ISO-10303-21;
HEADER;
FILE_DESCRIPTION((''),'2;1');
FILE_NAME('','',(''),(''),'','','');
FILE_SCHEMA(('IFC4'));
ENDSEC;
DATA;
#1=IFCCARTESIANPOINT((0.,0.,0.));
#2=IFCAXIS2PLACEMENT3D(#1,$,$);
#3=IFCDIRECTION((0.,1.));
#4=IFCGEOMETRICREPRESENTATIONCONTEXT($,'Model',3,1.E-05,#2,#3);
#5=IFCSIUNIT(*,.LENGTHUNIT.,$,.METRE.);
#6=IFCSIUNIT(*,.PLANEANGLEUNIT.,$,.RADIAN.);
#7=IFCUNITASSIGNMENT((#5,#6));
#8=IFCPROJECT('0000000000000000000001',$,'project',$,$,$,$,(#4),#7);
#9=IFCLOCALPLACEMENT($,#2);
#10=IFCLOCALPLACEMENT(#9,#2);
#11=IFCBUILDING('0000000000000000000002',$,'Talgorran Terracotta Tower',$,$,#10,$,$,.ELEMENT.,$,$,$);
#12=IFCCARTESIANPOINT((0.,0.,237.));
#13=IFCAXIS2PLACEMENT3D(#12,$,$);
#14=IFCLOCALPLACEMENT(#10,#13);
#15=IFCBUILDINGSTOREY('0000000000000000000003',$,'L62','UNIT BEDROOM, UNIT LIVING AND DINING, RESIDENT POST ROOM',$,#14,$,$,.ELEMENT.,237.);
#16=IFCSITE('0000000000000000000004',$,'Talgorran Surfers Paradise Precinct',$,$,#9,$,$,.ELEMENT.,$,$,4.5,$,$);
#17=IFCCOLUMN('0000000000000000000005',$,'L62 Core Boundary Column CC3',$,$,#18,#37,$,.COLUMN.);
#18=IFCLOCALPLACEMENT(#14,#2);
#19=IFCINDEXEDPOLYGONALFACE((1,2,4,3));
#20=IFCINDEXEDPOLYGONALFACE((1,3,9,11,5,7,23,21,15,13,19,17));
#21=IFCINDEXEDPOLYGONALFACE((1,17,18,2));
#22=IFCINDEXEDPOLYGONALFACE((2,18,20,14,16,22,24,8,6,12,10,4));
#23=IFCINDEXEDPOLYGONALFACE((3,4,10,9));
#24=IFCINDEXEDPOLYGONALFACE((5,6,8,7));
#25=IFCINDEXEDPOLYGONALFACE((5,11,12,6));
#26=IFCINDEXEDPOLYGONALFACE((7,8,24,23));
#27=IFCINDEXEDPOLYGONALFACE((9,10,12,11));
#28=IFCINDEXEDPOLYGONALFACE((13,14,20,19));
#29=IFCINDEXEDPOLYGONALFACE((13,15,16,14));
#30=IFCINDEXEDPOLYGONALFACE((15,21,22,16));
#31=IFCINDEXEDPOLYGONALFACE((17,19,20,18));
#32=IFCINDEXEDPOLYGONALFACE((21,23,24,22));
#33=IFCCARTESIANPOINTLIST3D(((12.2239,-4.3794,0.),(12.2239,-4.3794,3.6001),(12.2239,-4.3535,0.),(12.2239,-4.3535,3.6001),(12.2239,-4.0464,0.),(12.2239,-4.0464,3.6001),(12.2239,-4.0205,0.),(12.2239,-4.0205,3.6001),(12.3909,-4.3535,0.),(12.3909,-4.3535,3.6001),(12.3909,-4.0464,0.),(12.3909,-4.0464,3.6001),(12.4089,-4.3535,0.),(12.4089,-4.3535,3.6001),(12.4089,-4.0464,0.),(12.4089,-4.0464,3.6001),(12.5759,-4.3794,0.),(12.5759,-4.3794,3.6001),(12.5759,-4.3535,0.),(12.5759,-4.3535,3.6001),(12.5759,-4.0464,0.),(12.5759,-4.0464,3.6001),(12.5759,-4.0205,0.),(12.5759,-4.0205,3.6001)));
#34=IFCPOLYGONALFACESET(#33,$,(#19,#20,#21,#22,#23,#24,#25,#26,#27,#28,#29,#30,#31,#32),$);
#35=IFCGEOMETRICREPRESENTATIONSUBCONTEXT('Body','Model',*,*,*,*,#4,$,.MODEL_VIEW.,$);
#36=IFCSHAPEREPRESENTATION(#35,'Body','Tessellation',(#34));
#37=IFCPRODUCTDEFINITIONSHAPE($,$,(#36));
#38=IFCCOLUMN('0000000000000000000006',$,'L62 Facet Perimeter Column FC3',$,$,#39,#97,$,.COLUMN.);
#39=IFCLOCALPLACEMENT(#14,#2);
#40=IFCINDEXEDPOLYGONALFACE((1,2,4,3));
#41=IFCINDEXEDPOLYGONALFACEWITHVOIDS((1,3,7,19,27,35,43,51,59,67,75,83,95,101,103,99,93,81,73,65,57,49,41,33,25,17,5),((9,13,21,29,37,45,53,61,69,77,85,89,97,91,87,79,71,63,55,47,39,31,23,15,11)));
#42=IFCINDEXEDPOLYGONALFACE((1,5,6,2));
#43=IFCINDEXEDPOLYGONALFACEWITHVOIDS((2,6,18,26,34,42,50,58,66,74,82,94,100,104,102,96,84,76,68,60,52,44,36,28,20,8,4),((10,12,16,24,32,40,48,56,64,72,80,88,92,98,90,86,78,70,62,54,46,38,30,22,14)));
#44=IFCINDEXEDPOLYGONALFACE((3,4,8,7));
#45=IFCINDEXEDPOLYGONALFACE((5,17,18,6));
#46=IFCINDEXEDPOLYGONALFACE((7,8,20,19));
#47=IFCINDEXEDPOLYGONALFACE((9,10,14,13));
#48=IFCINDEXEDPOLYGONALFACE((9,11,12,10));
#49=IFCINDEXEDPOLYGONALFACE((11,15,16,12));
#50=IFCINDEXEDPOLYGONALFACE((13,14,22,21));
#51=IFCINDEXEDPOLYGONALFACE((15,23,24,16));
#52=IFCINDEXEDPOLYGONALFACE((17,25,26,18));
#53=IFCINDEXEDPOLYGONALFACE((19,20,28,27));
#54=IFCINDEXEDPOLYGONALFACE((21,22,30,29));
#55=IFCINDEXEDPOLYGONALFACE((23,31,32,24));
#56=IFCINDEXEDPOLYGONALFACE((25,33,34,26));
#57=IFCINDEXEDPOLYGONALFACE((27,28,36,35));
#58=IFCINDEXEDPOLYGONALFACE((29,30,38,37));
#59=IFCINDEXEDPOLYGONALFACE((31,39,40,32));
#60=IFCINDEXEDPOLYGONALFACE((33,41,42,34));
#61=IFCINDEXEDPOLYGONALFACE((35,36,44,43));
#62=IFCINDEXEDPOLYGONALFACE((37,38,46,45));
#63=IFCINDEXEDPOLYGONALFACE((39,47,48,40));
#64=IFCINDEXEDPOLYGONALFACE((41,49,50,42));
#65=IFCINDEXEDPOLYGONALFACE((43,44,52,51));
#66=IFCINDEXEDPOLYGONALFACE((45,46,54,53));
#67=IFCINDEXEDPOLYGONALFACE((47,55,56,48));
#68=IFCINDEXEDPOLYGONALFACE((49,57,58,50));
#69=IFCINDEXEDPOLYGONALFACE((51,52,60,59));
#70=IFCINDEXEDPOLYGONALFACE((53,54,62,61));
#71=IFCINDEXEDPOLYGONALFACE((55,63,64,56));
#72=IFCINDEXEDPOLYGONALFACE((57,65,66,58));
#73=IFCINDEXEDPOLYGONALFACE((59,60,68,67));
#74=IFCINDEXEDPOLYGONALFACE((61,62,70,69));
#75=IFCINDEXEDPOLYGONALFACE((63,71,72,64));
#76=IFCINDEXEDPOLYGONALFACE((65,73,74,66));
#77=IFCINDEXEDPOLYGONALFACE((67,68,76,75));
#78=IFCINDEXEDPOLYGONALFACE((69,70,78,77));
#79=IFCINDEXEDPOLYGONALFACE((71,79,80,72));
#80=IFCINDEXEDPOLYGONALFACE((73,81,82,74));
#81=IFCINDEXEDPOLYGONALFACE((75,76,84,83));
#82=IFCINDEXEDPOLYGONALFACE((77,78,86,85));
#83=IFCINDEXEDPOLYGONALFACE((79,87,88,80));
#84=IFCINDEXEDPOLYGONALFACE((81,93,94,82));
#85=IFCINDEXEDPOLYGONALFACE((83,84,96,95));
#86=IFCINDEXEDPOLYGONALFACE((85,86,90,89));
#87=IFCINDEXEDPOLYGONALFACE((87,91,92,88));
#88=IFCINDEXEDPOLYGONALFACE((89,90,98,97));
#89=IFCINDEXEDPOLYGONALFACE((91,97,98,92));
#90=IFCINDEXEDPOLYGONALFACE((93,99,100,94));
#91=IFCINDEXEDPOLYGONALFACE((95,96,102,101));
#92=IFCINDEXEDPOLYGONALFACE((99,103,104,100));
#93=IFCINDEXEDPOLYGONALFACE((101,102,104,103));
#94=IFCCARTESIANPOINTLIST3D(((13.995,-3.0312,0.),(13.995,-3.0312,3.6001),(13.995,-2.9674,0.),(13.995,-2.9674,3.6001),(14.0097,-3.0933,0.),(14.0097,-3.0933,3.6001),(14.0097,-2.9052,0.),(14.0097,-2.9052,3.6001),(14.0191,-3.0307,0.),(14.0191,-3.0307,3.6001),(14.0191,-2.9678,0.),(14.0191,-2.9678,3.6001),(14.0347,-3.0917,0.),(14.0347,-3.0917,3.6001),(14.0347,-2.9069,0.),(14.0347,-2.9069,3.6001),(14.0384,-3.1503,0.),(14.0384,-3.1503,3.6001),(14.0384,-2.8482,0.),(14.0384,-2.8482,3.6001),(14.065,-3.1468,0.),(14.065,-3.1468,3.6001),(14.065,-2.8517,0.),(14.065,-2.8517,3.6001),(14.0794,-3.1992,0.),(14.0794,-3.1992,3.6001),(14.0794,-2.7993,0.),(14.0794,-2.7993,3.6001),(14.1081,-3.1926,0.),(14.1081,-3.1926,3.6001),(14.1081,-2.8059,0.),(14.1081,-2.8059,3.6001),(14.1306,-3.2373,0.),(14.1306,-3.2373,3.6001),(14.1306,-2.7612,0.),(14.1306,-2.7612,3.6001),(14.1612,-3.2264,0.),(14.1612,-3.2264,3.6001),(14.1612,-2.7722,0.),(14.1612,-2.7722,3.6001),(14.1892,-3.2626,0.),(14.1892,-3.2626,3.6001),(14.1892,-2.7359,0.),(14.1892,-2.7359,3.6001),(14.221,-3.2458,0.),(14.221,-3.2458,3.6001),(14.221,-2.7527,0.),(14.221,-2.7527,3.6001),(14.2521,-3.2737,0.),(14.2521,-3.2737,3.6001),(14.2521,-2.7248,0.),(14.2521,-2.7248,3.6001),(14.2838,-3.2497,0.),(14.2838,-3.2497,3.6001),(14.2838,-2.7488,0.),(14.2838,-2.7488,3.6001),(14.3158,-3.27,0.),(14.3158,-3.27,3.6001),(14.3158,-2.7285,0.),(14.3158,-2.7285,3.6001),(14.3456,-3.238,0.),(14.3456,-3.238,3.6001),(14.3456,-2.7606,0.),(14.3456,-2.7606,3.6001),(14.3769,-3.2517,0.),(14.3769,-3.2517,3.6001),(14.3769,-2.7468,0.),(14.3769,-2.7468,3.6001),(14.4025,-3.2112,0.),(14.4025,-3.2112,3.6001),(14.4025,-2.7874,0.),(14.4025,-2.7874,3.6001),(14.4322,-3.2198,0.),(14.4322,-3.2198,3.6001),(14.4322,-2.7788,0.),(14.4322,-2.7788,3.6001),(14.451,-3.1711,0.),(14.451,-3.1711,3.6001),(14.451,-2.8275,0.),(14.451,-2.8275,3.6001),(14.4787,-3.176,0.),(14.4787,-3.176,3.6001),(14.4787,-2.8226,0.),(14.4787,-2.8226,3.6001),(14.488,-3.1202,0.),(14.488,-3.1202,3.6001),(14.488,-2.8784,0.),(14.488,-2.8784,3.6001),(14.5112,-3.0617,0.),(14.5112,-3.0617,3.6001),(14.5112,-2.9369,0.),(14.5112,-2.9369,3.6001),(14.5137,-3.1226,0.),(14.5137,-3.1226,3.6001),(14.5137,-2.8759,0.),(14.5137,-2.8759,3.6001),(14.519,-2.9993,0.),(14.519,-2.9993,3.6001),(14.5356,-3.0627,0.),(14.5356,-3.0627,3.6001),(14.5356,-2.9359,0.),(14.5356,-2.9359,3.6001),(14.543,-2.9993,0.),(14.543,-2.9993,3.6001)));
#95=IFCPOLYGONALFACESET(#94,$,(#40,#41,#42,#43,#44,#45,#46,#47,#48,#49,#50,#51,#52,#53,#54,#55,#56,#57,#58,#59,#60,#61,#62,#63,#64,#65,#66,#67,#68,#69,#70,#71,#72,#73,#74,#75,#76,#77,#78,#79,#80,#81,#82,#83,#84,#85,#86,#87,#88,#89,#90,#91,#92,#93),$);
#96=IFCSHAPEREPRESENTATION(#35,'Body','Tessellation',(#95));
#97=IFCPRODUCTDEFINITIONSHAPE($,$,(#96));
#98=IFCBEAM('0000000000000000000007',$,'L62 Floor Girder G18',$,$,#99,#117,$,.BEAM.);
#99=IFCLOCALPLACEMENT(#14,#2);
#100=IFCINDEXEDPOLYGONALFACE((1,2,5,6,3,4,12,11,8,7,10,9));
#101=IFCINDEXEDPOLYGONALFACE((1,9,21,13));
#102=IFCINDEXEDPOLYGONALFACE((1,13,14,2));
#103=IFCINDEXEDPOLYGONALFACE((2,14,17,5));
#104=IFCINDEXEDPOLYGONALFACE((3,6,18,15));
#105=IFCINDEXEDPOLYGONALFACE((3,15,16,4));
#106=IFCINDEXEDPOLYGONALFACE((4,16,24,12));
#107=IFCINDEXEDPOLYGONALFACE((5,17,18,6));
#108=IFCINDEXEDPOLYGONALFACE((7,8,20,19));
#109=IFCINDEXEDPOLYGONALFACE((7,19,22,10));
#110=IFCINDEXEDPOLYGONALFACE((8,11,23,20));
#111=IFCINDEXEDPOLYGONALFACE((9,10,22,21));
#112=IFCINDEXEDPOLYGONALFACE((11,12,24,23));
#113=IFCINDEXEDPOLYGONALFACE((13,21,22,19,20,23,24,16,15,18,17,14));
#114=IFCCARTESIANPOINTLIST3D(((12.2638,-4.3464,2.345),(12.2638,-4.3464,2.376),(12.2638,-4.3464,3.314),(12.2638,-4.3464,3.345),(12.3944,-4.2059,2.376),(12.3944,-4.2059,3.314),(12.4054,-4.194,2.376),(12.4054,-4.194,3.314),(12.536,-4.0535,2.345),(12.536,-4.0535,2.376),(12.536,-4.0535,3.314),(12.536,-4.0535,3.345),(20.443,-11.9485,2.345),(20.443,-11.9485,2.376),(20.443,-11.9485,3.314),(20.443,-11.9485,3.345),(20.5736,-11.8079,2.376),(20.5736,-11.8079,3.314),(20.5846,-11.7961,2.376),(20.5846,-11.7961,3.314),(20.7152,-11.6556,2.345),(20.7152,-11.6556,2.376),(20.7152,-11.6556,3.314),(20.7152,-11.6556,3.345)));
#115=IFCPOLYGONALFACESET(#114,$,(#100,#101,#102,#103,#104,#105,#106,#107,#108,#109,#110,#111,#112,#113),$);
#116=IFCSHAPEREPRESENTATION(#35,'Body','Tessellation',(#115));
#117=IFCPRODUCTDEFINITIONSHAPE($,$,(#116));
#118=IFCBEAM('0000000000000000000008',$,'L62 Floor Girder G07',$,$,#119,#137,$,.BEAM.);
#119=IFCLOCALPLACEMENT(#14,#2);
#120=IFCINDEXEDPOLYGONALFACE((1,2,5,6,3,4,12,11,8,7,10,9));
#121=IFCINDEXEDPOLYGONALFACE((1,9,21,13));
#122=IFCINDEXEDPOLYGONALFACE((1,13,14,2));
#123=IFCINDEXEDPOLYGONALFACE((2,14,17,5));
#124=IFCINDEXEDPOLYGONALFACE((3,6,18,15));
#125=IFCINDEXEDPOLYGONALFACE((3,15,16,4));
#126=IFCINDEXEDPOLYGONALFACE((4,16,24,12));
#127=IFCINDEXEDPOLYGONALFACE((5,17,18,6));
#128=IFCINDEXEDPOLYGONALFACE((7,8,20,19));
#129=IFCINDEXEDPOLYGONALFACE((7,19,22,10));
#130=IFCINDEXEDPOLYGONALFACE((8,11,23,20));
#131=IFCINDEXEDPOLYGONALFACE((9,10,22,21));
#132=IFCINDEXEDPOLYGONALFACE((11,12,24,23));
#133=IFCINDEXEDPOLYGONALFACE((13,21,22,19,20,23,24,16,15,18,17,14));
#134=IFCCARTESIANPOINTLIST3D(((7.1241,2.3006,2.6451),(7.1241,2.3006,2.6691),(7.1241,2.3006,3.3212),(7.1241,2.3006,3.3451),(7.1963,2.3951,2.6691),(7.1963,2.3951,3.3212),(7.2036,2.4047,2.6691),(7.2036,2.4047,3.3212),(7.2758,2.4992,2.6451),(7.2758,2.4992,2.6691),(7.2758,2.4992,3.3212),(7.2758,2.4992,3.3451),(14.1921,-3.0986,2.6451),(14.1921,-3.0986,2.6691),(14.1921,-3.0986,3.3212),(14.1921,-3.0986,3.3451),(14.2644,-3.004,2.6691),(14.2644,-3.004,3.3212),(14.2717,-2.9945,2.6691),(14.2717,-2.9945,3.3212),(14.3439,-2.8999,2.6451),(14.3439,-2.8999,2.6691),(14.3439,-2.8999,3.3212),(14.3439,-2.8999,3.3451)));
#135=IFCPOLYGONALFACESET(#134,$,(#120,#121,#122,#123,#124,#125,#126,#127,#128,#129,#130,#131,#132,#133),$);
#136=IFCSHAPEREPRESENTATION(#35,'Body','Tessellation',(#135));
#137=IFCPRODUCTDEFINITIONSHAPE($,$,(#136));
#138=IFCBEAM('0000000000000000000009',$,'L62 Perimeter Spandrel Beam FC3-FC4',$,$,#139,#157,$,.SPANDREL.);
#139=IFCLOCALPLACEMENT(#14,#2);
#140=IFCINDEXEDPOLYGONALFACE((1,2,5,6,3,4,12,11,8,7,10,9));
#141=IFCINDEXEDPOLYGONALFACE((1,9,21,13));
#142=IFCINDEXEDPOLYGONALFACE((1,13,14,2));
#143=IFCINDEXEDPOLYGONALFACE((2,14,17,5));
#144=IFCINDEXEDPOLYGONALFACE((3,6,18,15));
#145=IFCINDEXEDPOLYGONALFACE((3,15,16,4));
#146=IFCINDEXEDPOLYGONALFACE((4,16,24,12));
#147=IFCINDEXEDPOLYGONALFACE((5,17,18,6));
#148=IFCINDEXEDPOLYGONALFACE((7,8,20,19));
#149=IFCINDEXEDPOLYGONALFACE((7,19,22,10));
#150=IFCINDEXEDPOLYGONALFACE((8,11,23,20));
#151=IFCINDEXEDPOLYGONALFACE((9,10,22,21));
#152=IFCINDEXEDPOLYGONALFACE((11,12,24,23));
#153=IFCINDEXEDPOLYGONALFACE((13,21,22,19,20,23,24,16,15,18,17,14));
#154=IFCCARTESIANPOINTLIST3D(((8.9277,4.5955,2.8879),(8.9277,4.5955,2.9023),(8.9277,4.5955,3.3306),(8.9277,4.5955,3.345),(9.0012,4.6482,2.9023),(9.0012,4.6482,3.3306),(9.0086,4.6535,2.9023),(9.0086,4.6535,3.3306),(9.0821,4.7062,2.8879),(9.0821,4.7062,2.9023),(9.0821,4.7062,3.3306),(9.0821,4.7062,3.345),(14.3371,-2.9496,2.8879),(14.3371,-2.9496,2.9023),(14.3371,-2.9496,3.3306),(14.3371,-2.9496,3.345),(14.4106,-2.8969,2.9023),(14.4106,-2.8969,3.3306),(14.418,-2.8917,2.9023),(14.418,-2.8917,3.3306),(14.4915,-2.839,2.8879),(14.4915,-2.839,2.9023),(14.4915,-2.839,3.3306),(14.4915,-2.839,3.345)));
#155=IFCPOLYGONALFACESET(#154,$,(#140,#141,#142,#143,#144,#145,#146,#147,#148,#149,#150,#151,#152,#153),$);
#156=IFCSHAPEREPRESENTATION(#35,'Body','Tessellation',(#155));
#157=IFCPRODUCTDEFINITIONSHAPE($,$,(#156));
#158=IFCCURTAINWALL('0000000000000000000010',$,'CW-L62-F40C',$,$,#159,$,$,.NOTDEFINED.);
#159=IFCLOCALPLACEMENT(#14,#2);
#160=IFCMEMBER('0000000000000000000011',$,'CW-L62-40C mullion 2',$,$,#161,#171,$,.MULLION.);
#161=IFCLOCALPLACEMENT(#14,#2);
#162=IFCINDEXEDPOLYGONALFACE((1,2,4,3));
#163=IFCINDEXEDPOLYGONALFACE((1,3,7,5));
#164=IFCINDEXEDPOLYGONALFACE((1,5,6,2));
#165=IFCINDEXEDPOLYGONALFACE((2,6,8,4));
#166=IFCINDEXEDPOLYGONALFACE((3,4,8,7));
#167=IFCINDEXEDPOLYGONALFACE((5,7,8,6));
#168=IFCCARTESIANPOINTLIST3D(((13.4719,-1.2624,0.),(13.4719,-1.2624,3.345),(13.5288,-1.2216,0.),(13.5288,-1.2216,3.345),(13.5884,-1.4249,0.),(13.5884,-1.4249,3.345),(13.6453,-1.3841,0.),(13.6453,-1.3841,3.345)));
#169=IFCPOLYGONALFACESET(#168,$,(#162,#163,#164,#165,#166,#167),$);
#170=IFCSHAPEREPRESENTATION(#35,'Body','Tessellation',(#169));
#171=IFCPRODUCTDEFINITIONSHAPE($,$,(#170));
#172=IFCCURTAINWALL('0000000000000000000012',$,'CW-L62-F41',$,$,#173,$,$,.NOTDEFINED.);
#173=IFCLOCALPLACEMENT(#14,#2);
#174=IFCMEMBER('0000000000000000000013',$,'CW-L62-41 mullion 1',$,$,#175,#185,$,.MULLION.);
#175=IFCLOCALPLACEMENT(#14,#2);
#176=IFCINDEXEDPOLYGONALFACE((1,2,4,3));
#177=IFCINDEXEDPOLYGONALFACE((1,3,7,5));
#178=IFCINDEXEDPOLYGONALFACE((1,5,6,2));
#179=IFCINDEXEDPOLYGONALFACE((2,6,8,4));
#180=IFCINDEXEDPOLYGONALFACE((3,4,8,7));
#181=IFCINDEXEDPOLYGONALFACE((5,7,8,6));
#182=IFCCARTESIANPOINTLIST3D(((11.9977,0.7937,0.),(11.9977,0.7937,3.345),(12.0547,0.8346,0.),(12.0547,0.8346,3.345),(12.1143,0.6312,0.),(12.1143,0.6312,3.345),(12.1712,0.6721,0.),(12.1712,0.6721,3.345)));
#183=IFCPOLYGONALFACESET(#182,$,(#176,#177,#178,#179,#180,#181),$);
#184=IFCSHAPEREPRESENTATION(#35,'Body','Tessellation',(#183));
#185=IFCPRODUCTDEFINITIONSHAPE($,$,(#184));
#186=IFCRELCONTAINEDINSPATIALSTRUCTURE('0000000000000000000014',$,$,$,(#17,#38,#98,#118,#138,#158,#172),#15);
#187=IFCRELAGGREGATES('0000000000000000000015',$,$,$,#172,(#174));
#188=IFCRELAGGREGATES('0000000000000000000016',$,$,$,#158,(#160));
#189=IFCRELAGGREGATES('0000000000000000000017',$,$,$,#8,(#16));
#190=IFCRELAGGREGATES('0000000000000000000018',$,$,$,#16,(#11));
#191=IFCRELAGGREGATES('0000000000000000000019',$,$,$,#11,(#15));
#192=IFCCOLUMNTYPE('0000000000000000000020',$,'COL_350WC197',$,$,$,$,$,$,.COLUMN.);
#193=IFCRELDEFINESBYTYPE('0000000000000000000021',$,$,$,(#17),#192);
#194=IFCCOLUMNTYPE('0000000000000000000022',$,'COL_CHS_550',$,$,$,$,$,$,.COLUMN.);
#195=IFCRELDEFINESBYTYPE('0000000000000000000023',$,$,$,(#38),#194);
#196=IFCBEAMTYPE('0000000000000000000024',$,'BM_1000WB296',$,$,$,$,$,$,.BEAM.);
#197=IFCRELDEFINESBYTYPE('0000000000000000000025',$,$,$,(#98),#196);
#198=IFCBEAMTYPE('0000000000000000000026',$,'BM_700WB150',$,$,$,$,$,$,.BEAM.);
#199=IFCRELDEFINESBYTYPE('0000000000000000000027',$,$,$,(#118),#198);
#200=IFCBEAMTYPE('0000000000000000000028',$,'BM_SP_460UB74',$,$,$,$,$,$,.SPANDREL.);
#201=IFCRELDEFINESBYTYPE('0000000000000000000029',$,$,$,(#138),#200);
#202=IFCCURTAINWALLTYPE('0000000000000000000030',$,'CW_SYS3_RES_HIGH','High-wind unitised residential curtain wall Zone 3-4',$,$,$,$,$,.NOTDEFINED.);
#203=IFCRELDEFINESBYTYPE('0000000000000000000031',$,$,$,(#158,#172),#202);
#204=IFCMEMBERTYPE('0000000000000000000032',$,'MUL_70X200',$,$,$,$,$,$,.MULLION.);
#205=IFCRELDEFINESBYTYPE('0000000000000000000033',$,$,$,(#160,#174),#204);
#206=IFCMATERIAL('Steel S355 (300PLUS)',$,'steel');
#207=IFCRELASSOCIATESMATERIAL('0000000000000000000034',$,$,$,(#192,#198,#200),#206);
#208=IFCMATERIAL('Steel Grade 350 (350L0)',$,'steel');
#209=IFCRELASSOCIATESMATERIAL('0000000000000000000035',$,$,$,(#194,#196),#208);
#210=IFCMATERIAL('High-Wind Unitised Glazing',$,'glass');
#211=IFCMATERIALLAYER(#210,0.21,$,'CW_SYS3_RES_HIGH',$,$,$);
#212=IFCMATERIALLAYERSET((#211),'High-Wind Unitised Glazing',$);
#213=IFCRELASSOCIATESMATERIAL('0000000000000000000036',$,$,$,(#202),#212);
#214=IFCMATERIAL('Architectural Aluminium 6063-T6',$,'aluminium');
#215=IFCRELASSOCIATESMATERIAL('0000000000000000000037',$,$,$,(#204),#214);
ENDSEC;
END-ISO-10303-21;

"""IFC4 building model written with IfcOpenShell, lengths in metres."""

from ifc_helpers import new_model, si_unit, direction, frame, origin, origin_2d, place, context, subcontext, project, spatial, rectangle, hollow_circle, i_section, extrude, material, layer, layer_set, material_profile, profile_set, type_object, element, aggregate, save


model = new_model("IFC4")

# Units and contexts
model_context = context("Model", 3, precision=1e-05, world=origin(), true_north=direction((0.0, 1.0)))
body_context = subcontext(model_context, "Body", "Model", "MODEL_VIEW")
ifc_project = project(units=[si_unit("LENGTHUNIT", "METRE"), si_unit("PLANEANGLEUNIT", "RADIAN")], contexts=[model_context])

# Site, building, storey
site_placement = place(None, origin())
site = spatial("IfcSite", under=ifc_project, at=site_placement, Name="Talgorran Surfers Paradise Precinct", CompositionType="ELEMENT", RefElevation=4.5)
building_placement = place(site_placement, origin())
building = spatial("IfcBuilding", under=site, at=building_placement, Name="Talgorran Terracotta Tower", CompositionType="ELEMENT")
storey_placement = place(building_placement, frame((0.0, 0.0, 237.0)))
storey = spatial("IfcBuildingStorey", under=building, at=storey_placement, Name="L62", Description="UNIT BEDROOM, UNIT LIVING AND DINING, RESIDENT POST ROOM", CompositionType="ELEMENT", Elevation=237.0)

# Columns
ifc_material_1 = material(Name="Steel S355 (300PLUS)", Category="steel")
ifc_material_profile_1 = material_profile(ifc_material_1, i_section(OverallWidth=0.3521, OverallDepth=0.3589, WebThickness=0.0181, FlangeThickness=0.0259, at=origin_2d()), Name="350WC197")
ifc_profile_set_1 = profile_set([ifc_material_profile_1], Name="Steel S355 (300PLUS)")
column_type_1 = type_object("IfcColumnType", Name="COL_350WC197", PredefinedType="COLUMN", material=ifc_profile_set_1)
column_1_placement = place(storey_placement, frame((12.3999, -4.2, 0.0), z_axis=(0.0, 0.0, 1.0), x_axis=(1.0, 0.0, 0.0)))
element("IfcColumn", 1, at=column_1_placement, inside=storey, type_object=column_type_1, Name="L62 Core Boundary Column CC3", PredefinedType="COLUMN", context=body_context, shape_type="SweptSolid", body=[
    extrude(i_section(OverallWidth=0.3521, OverallDepth=0.3589, WebThickness=0.0181, FlangeThickness=0.0259, at=origin_2d()), origin(), (0.0, 0.0, 1.0), 3.6001),
])
ifc_material_2 = material(Name="Steel Grade 350 (350L0)", Category="steel")
ifc_material_profile_2 = material_profile(ifc_material_2, hollow_circle(Radius=0.2749, WallThickness=0.0239, at=origin_2d()), Name="CHS550X24")
ifc_profile_set_2 = profile_set([ifc_material_profile_2], Name="Steel Grade 350 (350L0)")
column_type_2 = type_object("IfcColumnType", Name="COL_CHS_550", PredefinedType="COLUMN", material=ifc_profile_set_2)
column_2_placement = place(storey_placement, frame((14.2681, -2.9993, 0.0), z_axis=(0.0, 0.0, 1.0), x_axis=(1.0, 0.0, 0.0)))
element("IfcColumn", 2, at=column_2_placement, inside=storey, type_object=column_type_2, Name="L62 Facet Perimeter Column FC3", PredefinedType="COLUMN", context=body_context, shape_type="SweptSolid", body=[
    extrude(hollow_circle(Radius=0.2749, WallThickness=0.0239, at=origin_2d()), origin(), (0.0, 0.0, 1.0), 3.6001),
])

# Beams
ifc_material_profile_3 = material_profile(ifc_material_2, i_section(OverallWidth=0.3999, OverallDepth=1.0, WebThickness=0.0161, FlangeThickness=0.031, at=origin_2d()), Name="1000WB296")
ifc_profile_set_3 = profile_set([ifc_material_profile_3], Name="Steel Grade 350 (350L0)")
beam_type_1 = type_object("IfcBeamType", Name="BM_1000WB296", PredefinedType="BEAM", material=ifc_profile_set_3)
beam_1_placement = place(storey_placement, frame((12.3999, -4.2, 2.845), z_axis=(0.732477, -0.680792, 0.0), x_axis=(0.680792, 0.732477, 0.0)))
element("IfcBeam", 3, at=beam_1_placement, inside=storey, type_object=beam_type_1, Name="L62 Floor Girder G18", PredefinedType="BEAM", context=body_context, shape_type="SweptSolid", body=[
    extrude(i_section(OverallWidth=0.3999, OverallDepth=1.0, WebThickness=0.0161, FlangeThickness=0.031, at=origin_2d()), origin(), (0.0, 0.0, 1.0), 11.1665),
])
ifc_material_profile_4 = material_profile(ifc_material_1, i_section(OverallWidth=0.25, OverallDepth=0.7, WebThickness=0.012, FlangeThickness=0.0239, at=origin_2d()), Name="700WB150")
ifc_profile_set_4 = profile_set([ifc_material_profile_4], Name="Steel S355 (300PLUS)")
beam_type_2 = type_object("IfcBeamType", Name="BM_700WB150", PredefinedType="BEAM", material=ifc_profile_set_4)
beam_2_placement = place(storey_placement, frame((7.2, 2.3999, 2.9951), z_axis=(0.794676, -0.607034, 0.0), x_axis=(0.607034, 0.794676, 0.0)))
element("IfcBeam", 4, at=beam_2_placement, inside=storey, type_object=beam_type_2, Name="L62 Floor Girder G07", PredefinedType="BEAM", context=body_context, shape_type="SweptSolid", body=[
    extrude(i_section(OverallWidth=0.25, OverallDepth=0.7, WebThickness=0.012, FlangeThickness=0.0239, at=origin_2d()), origin(), (0.0, 0.0, 1.0), 8.8943),
])
ifc_material_profile_5 = material_profile(ifc_material_1, i_section(OverallWidth=0.1899, OverallDepth=0.457, WebThickness=0.009, FlangeThickness=0.0144, at=origin_2d()), Name="460UB74.6")
ifc_profile_set_5 = profile_set([ifc_material_profile_5], Name="Steel S355 (300PLUS)")
beam_type_3 = type_object("IfcBeamType", Name="BM_SP_460UB74", PredefinedType="SPANDREL", material=ifc_profile_set_5)
beam_3_placement = place(storey_placement, frame((14.4143, -2.8943, 3.1165), z_axis=(-0.582665, 0.812712, 0.0), x_axis=(-0.812712, -0.582665, 0.0)))
element("IfcBeam", 5, at=beam_3_placement, inside=storey, type_object=beam_type_3, Name="L62 Perimeter Spandrel Beam FC3-FC4", PredefinedType="SPANDREL", context=body_context, shape_type="SweptSolid", body=[
    extrude(i_section(OverallWidth=0.1899, OverallDepth=0.457, WebThickness=0.009, FlangeThickness=0.0144, at=origin_2d()), origin(), (0.0, 0.0, 1.0), 9.2839),
])

# Curtain wall, member
ifc_material_3 = material(Name="High-Wind Unitised Glazing", Category="glass")
ifc_layer_1 = layer(ifc_material_3, 0.21, Name="CW_SYS3_RES_HIGH")
ifc_layer_set_1 = layer_set([ifc_layer_1], Name="High-Wind Unitised Glazing")
curtain_wall_type = type_object("IfcCurtainWallType", Name="CW_SYS3_RES_HIGH", Description="High-wind unitised residential curtain wall Zone 3-4", PredefinedType="NOTDEFINED", material=ifc_layer_set_1)
curtain_wall_1_placement = place(storey_placement, origin())
curtain_wall_1 = element("IfcCurtainWall", 6, at=curtain_wall_1_placement, inside=storey, type_object=curtain_wall_type, Name="CW-L62-F40C", PredefinedType="NOTDEFINED")
ifc_material_4 = material(Name="Architectural Aluminium 6063-T6", Category="aluminium")
ifc_material_profile_6 = material_profile(ifc_material_4, rectangle(XDim=0.0701, YDim=0.2, at=origin_2d()), Name="CWM70X200")
ifc_profile_set_6 = profile_set([ifc_material_profile_6], Name="Architectural Aluminium 6063-T6")
member_type_1 = type_object("IfcMemberType", Name="MUL_70X200", PredefinedType="MULLION", material=ifc_profile_set_6)
member_1_placement = place(storey_placement, frame((13.5586, -1.3232, 0.0), z_axis=(0.0, 0.0, 1.0), x_axis=(-0.812709, -0.582669, 0.0)))
member_1 = element("IfcMember", 7, at=member_1_placement, type_object=member_type_1, Name="CW-L62-40C mullion 2", PredefinedType="MULLION", context=body_context, shape_type="SweptSolid", body=[
    extrude(rectangle(XDim=0.0701, YDim=0.2, at=origin_2d()), origin(), (0.0, 0.0, 1.0), 3.345),
])

# Curtain wall, member
curtain_wall_2_placement = place(storey_placement, origin())
curtain_wall_2 = element("IfcCurtainWall", 8, at=curtain_wall_2_placement, inside=storey, type_object=curtain_wall_type, Name="CW-L62-F41", PredefinedType="NOTDEFINED")
member_2_placement = place(storey_placement, frame((12.0845, 0.7329, 0.0), z_axis=(0.0, 0.0, 1.0), x_axis=(-0.812713, -0.582664, 0.0)))
member_2 = element("IfcMember", 9, at=member_2_placement, type_object=member_type_1, Name="CW-L62-41 mullion 1", PredefinedType="MULLION", context=body_context, shape_type="SweptSolid", body=[
    extrude(rectangle(XDim=0.0701, YDim=0.2, at=origin_2d()), origin(), (0.0, 0.0, 1.0), 3.345),
])
aggregate(curtain_wall_2, [member_2])

aggregate(curtain_wall_1, [member_1])

save(model, "model.ifc")
